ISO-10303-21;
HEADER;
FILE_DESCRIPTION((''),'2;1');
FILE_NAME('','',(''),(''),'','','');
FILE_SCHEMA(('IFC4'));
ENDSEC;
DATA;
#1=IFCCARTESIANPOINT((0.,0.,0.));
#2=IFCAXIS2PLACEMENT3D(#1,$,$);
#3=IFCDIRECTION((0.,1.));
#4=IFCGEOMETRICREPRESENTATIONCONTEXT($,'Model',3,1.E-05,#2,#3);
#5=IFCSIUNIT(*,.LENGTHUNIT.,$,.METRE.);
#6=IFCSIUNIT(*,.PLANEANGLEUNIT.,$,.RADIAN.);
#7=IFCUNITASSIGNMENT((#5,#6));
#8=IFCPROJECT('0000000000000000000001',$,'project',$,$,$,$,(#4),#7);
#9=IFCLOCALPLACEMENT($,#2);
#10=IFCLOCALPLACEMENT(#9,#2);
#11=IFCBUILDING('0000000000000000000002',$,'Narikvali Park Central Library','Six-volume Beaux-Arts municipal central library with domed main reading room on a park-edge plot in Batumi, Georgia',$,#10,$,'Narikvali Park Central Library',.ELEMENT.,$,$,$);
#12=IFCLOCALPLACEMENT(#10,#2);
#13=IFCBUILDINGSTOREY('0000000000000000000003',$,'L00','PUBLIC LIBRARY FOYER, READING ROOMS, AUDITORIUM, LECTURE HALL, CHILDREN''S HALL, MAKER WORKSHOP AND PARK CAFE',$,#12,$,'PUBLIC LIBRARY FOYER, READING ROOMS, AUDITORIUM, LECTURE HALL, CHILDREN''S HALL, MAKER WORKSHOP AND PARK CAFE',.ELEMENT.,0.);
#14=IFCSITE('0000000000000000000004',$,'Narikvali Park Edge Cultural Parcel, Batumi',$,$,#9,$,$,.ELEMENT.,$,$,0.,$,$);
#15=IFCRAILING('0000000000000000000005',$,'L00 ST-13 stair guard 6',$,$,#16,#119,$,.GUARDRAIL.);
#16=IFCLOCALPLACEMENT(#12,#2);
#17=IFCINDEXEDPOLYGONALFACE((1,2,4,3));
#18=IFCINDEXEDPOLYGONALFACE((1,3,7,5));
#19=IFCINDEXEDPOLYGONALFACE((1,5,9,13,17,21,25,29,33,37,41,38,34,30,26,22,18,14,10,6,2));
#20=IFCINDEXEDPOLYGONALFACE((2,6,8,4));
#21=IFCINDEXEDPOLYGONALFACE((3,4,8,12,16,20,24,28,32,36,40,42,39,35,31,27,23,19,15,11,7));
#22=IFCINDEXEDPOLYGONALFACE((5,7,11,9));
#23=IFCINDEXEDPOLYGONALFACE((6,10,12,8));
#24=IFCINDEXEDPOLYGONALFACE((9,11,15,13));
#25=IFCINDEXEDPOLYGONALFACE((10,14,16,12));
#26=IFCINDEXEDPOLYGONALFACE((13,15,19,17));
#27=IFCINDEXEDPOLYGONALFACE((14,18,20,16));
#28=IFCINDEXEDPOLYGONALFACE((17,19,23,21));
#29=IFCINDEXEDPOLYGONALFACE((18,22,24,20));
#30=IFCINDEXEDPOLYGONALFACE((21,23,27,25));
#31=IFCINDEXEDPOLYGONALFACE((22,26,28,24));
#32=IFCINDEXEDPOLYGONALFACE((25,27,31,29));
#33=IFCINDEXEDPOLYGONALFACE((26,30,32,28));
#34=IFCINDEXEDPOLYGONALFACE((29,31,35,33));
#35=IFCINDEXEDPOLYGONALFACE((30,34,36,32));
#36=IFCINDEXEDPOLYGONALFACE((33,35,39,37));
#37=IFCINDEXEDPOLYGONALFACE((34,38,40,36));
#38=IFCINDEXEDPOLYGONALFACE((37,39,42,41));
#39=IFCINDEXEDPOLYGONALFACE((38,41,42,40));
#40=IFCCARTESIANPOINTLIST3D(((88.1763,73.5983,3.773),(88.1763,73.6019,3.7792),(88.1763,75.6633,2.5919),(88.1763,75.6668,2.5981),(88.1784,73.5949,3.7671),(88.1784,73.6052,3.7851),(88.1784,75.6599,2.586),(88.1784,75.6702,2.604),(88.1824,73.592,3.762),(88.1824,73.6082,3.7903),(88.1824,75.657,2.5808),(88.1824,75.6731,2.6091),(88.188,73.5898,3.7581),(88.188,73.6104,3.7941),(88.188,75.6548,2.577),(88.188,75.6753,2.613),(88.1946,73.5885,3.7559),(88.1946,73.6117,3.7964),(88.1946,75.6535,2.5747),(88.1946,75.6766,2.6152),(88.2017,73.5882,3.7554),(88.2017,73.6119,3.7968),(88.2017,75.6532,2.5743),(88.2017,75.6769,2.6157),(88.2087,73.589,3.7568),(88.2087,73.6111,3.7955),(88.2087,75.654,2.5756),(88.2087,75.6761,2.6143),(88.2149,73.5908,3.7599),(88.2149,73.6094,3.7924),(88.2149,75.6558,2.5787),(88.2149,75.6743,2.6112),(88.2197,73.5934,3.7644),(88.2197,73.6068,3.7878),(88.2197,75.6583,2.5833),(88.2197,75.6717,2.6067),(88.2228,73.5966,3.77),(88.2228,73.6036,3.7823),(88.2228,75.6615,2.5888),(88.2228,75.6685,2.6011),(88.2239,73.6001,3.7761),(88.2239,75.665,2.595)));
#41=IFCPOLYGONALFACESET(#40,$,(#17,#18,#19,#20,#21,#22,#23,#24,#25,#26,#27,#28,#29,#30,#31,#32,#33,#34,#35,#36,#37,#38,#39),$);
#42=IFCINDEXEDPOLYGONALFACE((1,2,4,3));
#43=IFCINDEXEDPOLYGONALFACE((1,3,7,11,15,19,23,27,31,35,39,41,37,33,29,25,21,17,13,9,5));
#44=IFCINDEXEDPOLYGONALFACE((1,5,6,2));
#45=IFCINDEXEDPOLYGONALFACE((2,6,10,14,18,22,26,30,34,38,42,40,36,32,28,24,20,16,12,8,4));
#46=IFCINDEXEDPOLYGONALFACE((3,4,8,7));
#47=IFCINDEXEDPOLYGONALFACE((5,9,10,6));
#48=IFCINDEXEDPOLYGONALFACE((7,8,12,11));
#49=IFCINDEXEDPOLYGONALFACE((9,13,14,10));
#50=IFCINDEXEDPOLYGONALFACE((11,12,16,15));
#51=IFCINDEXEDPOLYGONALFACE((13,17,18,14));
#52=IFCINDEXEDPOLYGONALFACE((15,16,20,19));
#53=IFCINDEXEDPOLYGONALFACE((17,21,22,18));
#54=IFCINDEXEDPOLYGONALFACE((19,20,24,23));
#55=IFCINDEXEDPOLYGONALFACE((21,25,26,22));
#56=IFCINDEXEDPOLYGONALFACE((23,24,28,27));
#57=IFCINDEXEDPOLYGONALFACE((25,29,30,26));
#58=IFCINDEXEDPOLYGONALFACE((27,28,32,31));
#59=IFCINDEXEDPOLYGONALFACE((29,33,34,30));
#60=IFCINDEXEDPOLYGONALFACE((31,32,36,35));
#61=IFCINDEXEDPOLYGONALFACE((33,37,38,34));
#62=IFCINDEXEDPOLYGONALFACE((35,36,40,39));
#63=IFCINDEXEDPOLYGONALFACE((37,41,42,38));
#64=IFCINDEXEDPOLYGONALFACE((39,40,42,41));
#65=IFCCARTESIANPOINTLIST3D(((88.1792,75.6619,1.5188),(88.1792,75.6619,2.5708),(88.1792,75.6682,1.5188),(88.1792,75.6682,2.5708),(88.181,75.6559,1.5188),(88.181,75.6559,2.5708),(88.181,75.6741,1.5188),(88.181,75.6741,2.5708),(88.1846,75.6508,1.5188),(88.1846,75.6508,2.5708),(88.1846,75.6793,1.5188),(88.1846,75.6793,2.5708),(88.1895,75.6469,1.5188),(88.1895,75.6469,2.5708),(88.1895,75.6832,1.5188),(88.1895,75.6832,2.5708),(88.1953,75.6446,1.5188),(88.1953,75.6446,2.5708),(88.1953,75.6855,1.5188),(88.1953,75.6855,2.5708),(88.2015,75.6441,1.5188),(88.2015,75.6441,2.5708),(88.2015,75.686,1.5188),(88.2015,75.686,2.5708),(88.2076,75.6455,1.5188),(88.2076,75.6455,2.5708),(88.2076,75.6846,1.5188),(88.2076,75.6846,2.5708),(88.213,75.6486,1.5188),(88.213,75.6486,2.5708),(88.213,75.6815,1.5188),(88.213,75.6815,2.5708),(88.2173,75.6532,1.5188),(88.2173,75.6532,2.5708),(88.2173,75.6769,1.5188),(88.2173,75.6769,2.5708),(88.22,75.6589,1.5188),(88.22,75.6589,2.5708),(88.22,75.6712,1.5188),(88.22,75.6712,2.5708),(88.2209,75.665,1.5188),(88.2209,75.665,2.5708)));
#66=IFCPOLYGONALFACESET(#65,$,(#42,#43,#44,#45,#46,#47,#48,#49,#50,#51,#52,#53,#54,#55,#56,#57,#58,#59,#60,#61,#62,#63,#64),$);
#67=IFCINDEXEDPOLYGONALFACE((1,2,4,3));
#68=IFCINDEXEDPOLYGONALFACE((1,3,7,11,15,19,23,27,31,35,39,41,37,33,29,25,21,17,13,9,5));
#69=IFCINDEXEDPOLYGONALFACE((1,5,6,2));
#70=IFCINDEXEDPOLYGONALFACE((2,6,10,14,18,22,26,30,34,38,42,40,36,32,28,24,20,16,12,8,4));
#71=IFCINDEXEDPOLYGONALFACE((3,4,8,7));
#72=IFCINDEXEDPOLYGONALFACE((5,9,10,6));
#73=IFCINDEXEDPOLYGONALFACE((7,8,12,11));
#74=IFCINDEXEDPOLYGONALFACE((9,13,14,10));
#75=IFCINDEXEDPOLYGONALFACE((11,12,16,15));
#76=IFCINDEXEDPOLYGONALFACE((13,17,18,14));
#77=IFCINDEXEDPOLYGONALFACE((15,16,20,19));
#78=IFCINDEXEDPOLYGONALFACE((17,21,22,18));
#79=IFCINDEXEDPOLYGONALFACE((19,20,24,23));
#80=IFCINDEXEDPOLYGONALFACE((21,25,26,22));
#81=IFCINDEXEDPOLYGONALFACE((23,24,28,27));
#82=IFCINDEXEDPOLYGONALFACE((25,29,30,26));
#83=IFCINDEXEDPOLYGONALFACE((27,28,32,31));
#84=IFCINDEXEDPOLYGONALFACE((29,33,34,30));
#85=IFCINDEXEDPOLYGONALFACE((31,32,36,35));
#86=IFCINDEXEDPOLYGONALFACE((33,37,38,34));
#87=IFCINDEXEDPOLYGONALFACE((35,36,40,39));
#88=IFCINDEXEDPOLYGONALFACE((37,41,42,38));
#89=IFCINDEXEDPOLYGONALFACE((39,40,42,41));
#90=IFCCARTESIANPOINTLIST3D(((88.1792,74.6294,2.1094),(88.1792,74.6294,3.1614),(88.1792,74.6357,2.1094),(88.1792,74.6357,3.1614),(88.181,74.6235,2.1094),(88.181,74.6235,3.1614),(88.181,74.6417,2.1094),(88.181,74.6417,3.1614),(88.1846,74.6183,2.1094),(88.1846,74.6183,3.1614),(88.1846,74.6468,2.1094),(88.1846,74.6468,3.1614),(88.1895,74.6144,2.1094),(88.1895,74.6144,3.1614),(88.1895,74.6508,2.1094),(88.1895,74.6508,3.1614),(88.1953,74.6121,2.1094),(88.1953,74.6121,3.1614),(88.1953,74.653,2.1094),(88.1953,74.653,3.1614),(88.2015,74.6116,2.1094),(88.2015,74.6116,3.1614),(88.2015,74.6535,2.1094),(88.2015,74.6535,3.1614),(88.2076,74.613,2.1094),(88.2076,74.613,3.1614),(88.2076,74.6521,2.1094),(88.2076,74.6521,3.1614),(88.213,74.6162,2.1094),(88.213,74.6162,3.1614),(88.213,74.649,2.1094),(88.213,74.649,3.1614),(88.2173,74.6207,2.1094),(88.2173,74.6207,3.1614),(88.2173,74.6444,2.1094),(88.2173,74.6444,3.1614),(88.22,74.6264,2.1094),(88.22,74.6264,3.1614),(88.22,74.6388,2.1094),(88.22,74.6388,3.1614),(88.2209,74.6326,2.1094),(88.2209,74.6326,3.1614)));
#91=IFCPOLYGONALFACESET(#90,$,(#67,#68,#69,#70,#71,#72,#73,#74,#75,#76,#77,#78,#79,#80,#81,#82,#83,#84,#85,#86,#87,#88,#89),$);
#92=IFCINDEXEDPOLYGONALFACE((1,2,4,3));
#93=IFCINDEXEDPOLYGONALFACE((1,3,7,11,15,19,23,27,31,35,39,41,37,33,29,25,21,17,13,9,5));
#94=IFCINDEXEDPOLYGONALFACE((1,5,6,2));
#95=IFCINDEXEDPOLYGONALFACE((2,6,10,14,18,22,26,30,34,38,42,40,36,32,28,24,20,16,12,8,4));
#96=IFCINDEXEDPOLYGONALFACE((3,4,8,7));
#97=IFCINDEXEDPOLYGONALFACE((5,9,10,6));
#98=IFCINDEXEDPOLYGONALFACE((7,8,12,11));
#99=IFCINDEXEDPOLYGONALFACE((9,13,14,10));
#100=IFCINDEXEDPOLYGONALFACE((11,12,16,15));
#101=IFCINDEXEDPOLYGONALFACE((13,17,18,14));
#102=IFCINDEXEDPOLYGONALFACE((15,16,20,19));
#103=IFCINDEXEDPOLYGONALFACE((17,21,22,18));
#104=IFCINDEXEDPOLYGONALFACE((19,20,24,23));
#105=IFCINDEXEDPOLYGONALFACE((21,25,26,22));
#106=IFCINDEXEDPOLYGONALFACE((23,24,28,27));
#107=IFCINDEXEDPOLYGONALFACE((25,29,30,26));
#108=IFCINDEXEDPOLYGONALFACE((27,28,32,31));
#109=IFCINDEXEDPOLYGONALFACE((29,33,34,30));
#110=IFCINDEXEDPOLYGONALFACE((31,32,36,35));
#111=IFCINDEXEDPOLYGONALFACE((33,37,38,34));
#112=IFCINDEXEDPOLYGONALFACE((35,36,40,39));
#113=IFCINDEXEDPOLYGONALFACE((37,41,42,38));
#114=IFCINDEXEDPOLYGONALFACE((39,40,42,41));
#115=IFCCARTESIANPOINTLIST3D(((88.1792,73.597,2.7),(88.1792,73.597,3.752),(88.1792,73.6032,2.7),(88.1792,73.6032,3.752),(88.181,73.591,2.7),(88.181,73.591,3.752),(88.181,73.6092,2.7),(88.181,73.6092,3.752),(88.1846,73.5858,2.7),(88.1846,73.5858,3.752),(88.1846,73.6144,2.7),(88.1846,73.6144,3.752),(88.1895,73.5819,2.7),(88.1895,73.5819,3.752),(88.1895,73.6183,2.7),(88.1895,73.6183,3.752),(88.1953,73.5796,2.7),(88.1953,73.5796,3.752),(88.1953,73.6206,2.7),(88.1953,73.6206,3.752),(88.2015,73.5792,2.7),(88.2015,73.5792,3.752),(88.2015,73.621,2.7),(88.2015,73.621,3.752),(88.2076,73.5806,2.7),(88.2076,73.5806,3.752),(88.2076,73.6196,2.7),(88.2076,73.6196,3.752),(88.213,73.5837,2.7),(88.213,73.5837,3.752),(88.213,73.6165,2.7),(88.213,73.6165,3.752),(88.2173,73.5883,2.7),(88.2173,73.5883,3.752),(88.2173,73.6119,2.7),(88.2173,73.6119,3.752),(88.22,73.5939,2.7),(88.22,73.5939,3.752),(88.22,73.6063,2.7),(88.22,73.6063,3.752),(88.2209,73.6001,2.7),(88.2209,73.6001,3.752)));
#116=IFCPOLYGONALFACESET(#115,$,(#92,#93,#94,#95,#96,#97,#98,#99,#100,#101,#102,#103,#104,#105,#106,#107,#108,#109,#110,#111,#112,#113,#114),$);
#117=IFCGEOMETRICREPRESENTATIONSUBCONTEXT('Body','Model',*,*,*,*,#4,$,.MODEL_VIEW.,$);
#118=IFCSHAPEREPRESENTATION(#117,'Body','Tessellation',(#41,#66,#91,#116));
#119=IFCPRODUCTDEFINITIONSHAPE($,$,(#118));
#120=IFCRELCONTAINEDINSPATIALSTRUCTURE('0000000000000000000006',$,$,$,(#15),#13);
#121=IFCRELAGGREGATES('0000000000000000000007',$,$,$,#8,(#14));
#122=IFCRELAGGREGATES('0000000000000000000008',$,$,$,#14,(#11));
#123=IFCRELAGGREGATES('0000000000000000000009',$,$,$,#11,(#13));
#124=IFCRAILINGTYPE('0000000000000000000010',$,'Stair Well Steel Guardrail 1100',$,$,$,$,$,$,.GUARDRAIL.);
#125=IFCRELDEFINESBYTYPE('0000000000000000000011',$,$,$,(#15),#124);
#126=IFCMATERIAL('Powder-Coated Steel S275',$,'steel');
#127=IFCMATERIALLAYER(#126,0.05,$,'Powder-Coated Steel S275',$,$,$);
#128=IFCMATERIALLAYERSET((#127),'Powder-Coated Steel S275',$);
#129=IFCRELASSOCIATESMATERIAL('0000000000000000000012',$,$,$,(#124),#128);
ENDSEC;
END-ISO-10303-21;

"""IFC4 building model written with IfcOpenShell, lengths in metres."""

from ifc_helpers import new_model, si_unit, direction, frame, origin, origin_2d, place, context, subcontext, project, spatial, circle, extrude, material, layer, layer_set, type_object, element, save


model = new_model("IFC4")

# Units and contexts
model_context = context("Model", 3, precision=1e-05, world=origin(), true_north=direction((0.0, 1.0)))
body_context = subcontext(model_context, "Body", "Model", "MODEL_VIEW")
ifc_project = project(units=[si_unit("LENGTHUNIT", "METRE"), si_unit("PLANEANGLEUNIT", "RADIAN")], contexts=[model_context])

# Site, building, storey
site_placement = place(None, origin())
site = spatial("IfcSite", under=ifc_project, at=site_placement, Name="Narikvali Park Edge Cultural Parcel, Batumi", CompositionType="ELEMENT", RefElevation=0.0)
building_placement = place(site_placement, origin())
building = spatial("IfcBuilding", under=site, at=building_placement, Name="Narikvali Park Central Library", Description="Six-volume Beaux-Arts municipal central library with domed main reading room on a park-edge plot in Batumi, Georgia", LongName="Narikvali Park Central Library", CompositionType="ELEMENT")
storey_placement = place(building_placement, origin())
storey = spatial("IfcBuildingStorey", under=building, at=storey_placement, Name="L00", Description="PUBLIC LIBRARY FOYER, READING ROOMS, AUDITORIUM, LECTURE HALL, CHILDREN'S HALL, MAKER WORKSHOP AND PARK CAFE", LongName="PUBLIC LIBRARY FOYER, READING ROOMS, AUDITORIUM, LECTURE HALL, CHILDREN'S HALL, MAKER WORKSHOP AND PARK CAFE", CompositionType="ELEMENT", Elevation=0.0)

# Railing
ifc_material_1 = material(Name="Powder-Coated Steel S275", Category="steel")
ifc_layer_1 = layer(ifc_material_1, 0.05, Name="Powder-Coated Steel S275")
ifc_layer_set_1 = layer_set([ifc_layer_1], Name="Powder-Coated Steel S275")
railing_type_1 = type_object("IfcRailingType", Name="Stair Well Steel Guardrail 1100", PredefinedType="GUARDRAIL", material=ifc_layer_set_1)
railing_1_placement = place(storey_placement, frame((88.2, 75.665, 1.5188)))
element("IfcRailing", 1, at=railing_1_placement, inside=storey, type_object=railing_type_1, Name="L00 ST-13 stair guard 6", PredefinedType="GUARDRAIL", context=body_context, shape_type="SweptSolid", body=[
    extrude(circle(Radius=0.0239, at=origin_2d()), frame((0.0, 0.0, 1.0762), z_axis=(0.0, -0.868028, 0.496515), x_axis=(1.0, 0.0, 0.0)), (0.0, 0.0, 1.0), 2.3789),
    extrude(circle(Radius=0.021, at=origin_2d()), origin(), (0.0, 0.0, 1.0), 1.052),
    extrude(circle(Radius=0.021, at=origin_2d()), frame((0.0, -1.0325, 0.5906)), (0.0, 0.0, 1.0), 1.052),
    extrude(circle(Radius=0.021, at=origin_2d()), frame((0.0, -2.0649, 1.1812)), (0.0, 0.0, 1.0), 1.052),
])

save(model, "model.ifc")
